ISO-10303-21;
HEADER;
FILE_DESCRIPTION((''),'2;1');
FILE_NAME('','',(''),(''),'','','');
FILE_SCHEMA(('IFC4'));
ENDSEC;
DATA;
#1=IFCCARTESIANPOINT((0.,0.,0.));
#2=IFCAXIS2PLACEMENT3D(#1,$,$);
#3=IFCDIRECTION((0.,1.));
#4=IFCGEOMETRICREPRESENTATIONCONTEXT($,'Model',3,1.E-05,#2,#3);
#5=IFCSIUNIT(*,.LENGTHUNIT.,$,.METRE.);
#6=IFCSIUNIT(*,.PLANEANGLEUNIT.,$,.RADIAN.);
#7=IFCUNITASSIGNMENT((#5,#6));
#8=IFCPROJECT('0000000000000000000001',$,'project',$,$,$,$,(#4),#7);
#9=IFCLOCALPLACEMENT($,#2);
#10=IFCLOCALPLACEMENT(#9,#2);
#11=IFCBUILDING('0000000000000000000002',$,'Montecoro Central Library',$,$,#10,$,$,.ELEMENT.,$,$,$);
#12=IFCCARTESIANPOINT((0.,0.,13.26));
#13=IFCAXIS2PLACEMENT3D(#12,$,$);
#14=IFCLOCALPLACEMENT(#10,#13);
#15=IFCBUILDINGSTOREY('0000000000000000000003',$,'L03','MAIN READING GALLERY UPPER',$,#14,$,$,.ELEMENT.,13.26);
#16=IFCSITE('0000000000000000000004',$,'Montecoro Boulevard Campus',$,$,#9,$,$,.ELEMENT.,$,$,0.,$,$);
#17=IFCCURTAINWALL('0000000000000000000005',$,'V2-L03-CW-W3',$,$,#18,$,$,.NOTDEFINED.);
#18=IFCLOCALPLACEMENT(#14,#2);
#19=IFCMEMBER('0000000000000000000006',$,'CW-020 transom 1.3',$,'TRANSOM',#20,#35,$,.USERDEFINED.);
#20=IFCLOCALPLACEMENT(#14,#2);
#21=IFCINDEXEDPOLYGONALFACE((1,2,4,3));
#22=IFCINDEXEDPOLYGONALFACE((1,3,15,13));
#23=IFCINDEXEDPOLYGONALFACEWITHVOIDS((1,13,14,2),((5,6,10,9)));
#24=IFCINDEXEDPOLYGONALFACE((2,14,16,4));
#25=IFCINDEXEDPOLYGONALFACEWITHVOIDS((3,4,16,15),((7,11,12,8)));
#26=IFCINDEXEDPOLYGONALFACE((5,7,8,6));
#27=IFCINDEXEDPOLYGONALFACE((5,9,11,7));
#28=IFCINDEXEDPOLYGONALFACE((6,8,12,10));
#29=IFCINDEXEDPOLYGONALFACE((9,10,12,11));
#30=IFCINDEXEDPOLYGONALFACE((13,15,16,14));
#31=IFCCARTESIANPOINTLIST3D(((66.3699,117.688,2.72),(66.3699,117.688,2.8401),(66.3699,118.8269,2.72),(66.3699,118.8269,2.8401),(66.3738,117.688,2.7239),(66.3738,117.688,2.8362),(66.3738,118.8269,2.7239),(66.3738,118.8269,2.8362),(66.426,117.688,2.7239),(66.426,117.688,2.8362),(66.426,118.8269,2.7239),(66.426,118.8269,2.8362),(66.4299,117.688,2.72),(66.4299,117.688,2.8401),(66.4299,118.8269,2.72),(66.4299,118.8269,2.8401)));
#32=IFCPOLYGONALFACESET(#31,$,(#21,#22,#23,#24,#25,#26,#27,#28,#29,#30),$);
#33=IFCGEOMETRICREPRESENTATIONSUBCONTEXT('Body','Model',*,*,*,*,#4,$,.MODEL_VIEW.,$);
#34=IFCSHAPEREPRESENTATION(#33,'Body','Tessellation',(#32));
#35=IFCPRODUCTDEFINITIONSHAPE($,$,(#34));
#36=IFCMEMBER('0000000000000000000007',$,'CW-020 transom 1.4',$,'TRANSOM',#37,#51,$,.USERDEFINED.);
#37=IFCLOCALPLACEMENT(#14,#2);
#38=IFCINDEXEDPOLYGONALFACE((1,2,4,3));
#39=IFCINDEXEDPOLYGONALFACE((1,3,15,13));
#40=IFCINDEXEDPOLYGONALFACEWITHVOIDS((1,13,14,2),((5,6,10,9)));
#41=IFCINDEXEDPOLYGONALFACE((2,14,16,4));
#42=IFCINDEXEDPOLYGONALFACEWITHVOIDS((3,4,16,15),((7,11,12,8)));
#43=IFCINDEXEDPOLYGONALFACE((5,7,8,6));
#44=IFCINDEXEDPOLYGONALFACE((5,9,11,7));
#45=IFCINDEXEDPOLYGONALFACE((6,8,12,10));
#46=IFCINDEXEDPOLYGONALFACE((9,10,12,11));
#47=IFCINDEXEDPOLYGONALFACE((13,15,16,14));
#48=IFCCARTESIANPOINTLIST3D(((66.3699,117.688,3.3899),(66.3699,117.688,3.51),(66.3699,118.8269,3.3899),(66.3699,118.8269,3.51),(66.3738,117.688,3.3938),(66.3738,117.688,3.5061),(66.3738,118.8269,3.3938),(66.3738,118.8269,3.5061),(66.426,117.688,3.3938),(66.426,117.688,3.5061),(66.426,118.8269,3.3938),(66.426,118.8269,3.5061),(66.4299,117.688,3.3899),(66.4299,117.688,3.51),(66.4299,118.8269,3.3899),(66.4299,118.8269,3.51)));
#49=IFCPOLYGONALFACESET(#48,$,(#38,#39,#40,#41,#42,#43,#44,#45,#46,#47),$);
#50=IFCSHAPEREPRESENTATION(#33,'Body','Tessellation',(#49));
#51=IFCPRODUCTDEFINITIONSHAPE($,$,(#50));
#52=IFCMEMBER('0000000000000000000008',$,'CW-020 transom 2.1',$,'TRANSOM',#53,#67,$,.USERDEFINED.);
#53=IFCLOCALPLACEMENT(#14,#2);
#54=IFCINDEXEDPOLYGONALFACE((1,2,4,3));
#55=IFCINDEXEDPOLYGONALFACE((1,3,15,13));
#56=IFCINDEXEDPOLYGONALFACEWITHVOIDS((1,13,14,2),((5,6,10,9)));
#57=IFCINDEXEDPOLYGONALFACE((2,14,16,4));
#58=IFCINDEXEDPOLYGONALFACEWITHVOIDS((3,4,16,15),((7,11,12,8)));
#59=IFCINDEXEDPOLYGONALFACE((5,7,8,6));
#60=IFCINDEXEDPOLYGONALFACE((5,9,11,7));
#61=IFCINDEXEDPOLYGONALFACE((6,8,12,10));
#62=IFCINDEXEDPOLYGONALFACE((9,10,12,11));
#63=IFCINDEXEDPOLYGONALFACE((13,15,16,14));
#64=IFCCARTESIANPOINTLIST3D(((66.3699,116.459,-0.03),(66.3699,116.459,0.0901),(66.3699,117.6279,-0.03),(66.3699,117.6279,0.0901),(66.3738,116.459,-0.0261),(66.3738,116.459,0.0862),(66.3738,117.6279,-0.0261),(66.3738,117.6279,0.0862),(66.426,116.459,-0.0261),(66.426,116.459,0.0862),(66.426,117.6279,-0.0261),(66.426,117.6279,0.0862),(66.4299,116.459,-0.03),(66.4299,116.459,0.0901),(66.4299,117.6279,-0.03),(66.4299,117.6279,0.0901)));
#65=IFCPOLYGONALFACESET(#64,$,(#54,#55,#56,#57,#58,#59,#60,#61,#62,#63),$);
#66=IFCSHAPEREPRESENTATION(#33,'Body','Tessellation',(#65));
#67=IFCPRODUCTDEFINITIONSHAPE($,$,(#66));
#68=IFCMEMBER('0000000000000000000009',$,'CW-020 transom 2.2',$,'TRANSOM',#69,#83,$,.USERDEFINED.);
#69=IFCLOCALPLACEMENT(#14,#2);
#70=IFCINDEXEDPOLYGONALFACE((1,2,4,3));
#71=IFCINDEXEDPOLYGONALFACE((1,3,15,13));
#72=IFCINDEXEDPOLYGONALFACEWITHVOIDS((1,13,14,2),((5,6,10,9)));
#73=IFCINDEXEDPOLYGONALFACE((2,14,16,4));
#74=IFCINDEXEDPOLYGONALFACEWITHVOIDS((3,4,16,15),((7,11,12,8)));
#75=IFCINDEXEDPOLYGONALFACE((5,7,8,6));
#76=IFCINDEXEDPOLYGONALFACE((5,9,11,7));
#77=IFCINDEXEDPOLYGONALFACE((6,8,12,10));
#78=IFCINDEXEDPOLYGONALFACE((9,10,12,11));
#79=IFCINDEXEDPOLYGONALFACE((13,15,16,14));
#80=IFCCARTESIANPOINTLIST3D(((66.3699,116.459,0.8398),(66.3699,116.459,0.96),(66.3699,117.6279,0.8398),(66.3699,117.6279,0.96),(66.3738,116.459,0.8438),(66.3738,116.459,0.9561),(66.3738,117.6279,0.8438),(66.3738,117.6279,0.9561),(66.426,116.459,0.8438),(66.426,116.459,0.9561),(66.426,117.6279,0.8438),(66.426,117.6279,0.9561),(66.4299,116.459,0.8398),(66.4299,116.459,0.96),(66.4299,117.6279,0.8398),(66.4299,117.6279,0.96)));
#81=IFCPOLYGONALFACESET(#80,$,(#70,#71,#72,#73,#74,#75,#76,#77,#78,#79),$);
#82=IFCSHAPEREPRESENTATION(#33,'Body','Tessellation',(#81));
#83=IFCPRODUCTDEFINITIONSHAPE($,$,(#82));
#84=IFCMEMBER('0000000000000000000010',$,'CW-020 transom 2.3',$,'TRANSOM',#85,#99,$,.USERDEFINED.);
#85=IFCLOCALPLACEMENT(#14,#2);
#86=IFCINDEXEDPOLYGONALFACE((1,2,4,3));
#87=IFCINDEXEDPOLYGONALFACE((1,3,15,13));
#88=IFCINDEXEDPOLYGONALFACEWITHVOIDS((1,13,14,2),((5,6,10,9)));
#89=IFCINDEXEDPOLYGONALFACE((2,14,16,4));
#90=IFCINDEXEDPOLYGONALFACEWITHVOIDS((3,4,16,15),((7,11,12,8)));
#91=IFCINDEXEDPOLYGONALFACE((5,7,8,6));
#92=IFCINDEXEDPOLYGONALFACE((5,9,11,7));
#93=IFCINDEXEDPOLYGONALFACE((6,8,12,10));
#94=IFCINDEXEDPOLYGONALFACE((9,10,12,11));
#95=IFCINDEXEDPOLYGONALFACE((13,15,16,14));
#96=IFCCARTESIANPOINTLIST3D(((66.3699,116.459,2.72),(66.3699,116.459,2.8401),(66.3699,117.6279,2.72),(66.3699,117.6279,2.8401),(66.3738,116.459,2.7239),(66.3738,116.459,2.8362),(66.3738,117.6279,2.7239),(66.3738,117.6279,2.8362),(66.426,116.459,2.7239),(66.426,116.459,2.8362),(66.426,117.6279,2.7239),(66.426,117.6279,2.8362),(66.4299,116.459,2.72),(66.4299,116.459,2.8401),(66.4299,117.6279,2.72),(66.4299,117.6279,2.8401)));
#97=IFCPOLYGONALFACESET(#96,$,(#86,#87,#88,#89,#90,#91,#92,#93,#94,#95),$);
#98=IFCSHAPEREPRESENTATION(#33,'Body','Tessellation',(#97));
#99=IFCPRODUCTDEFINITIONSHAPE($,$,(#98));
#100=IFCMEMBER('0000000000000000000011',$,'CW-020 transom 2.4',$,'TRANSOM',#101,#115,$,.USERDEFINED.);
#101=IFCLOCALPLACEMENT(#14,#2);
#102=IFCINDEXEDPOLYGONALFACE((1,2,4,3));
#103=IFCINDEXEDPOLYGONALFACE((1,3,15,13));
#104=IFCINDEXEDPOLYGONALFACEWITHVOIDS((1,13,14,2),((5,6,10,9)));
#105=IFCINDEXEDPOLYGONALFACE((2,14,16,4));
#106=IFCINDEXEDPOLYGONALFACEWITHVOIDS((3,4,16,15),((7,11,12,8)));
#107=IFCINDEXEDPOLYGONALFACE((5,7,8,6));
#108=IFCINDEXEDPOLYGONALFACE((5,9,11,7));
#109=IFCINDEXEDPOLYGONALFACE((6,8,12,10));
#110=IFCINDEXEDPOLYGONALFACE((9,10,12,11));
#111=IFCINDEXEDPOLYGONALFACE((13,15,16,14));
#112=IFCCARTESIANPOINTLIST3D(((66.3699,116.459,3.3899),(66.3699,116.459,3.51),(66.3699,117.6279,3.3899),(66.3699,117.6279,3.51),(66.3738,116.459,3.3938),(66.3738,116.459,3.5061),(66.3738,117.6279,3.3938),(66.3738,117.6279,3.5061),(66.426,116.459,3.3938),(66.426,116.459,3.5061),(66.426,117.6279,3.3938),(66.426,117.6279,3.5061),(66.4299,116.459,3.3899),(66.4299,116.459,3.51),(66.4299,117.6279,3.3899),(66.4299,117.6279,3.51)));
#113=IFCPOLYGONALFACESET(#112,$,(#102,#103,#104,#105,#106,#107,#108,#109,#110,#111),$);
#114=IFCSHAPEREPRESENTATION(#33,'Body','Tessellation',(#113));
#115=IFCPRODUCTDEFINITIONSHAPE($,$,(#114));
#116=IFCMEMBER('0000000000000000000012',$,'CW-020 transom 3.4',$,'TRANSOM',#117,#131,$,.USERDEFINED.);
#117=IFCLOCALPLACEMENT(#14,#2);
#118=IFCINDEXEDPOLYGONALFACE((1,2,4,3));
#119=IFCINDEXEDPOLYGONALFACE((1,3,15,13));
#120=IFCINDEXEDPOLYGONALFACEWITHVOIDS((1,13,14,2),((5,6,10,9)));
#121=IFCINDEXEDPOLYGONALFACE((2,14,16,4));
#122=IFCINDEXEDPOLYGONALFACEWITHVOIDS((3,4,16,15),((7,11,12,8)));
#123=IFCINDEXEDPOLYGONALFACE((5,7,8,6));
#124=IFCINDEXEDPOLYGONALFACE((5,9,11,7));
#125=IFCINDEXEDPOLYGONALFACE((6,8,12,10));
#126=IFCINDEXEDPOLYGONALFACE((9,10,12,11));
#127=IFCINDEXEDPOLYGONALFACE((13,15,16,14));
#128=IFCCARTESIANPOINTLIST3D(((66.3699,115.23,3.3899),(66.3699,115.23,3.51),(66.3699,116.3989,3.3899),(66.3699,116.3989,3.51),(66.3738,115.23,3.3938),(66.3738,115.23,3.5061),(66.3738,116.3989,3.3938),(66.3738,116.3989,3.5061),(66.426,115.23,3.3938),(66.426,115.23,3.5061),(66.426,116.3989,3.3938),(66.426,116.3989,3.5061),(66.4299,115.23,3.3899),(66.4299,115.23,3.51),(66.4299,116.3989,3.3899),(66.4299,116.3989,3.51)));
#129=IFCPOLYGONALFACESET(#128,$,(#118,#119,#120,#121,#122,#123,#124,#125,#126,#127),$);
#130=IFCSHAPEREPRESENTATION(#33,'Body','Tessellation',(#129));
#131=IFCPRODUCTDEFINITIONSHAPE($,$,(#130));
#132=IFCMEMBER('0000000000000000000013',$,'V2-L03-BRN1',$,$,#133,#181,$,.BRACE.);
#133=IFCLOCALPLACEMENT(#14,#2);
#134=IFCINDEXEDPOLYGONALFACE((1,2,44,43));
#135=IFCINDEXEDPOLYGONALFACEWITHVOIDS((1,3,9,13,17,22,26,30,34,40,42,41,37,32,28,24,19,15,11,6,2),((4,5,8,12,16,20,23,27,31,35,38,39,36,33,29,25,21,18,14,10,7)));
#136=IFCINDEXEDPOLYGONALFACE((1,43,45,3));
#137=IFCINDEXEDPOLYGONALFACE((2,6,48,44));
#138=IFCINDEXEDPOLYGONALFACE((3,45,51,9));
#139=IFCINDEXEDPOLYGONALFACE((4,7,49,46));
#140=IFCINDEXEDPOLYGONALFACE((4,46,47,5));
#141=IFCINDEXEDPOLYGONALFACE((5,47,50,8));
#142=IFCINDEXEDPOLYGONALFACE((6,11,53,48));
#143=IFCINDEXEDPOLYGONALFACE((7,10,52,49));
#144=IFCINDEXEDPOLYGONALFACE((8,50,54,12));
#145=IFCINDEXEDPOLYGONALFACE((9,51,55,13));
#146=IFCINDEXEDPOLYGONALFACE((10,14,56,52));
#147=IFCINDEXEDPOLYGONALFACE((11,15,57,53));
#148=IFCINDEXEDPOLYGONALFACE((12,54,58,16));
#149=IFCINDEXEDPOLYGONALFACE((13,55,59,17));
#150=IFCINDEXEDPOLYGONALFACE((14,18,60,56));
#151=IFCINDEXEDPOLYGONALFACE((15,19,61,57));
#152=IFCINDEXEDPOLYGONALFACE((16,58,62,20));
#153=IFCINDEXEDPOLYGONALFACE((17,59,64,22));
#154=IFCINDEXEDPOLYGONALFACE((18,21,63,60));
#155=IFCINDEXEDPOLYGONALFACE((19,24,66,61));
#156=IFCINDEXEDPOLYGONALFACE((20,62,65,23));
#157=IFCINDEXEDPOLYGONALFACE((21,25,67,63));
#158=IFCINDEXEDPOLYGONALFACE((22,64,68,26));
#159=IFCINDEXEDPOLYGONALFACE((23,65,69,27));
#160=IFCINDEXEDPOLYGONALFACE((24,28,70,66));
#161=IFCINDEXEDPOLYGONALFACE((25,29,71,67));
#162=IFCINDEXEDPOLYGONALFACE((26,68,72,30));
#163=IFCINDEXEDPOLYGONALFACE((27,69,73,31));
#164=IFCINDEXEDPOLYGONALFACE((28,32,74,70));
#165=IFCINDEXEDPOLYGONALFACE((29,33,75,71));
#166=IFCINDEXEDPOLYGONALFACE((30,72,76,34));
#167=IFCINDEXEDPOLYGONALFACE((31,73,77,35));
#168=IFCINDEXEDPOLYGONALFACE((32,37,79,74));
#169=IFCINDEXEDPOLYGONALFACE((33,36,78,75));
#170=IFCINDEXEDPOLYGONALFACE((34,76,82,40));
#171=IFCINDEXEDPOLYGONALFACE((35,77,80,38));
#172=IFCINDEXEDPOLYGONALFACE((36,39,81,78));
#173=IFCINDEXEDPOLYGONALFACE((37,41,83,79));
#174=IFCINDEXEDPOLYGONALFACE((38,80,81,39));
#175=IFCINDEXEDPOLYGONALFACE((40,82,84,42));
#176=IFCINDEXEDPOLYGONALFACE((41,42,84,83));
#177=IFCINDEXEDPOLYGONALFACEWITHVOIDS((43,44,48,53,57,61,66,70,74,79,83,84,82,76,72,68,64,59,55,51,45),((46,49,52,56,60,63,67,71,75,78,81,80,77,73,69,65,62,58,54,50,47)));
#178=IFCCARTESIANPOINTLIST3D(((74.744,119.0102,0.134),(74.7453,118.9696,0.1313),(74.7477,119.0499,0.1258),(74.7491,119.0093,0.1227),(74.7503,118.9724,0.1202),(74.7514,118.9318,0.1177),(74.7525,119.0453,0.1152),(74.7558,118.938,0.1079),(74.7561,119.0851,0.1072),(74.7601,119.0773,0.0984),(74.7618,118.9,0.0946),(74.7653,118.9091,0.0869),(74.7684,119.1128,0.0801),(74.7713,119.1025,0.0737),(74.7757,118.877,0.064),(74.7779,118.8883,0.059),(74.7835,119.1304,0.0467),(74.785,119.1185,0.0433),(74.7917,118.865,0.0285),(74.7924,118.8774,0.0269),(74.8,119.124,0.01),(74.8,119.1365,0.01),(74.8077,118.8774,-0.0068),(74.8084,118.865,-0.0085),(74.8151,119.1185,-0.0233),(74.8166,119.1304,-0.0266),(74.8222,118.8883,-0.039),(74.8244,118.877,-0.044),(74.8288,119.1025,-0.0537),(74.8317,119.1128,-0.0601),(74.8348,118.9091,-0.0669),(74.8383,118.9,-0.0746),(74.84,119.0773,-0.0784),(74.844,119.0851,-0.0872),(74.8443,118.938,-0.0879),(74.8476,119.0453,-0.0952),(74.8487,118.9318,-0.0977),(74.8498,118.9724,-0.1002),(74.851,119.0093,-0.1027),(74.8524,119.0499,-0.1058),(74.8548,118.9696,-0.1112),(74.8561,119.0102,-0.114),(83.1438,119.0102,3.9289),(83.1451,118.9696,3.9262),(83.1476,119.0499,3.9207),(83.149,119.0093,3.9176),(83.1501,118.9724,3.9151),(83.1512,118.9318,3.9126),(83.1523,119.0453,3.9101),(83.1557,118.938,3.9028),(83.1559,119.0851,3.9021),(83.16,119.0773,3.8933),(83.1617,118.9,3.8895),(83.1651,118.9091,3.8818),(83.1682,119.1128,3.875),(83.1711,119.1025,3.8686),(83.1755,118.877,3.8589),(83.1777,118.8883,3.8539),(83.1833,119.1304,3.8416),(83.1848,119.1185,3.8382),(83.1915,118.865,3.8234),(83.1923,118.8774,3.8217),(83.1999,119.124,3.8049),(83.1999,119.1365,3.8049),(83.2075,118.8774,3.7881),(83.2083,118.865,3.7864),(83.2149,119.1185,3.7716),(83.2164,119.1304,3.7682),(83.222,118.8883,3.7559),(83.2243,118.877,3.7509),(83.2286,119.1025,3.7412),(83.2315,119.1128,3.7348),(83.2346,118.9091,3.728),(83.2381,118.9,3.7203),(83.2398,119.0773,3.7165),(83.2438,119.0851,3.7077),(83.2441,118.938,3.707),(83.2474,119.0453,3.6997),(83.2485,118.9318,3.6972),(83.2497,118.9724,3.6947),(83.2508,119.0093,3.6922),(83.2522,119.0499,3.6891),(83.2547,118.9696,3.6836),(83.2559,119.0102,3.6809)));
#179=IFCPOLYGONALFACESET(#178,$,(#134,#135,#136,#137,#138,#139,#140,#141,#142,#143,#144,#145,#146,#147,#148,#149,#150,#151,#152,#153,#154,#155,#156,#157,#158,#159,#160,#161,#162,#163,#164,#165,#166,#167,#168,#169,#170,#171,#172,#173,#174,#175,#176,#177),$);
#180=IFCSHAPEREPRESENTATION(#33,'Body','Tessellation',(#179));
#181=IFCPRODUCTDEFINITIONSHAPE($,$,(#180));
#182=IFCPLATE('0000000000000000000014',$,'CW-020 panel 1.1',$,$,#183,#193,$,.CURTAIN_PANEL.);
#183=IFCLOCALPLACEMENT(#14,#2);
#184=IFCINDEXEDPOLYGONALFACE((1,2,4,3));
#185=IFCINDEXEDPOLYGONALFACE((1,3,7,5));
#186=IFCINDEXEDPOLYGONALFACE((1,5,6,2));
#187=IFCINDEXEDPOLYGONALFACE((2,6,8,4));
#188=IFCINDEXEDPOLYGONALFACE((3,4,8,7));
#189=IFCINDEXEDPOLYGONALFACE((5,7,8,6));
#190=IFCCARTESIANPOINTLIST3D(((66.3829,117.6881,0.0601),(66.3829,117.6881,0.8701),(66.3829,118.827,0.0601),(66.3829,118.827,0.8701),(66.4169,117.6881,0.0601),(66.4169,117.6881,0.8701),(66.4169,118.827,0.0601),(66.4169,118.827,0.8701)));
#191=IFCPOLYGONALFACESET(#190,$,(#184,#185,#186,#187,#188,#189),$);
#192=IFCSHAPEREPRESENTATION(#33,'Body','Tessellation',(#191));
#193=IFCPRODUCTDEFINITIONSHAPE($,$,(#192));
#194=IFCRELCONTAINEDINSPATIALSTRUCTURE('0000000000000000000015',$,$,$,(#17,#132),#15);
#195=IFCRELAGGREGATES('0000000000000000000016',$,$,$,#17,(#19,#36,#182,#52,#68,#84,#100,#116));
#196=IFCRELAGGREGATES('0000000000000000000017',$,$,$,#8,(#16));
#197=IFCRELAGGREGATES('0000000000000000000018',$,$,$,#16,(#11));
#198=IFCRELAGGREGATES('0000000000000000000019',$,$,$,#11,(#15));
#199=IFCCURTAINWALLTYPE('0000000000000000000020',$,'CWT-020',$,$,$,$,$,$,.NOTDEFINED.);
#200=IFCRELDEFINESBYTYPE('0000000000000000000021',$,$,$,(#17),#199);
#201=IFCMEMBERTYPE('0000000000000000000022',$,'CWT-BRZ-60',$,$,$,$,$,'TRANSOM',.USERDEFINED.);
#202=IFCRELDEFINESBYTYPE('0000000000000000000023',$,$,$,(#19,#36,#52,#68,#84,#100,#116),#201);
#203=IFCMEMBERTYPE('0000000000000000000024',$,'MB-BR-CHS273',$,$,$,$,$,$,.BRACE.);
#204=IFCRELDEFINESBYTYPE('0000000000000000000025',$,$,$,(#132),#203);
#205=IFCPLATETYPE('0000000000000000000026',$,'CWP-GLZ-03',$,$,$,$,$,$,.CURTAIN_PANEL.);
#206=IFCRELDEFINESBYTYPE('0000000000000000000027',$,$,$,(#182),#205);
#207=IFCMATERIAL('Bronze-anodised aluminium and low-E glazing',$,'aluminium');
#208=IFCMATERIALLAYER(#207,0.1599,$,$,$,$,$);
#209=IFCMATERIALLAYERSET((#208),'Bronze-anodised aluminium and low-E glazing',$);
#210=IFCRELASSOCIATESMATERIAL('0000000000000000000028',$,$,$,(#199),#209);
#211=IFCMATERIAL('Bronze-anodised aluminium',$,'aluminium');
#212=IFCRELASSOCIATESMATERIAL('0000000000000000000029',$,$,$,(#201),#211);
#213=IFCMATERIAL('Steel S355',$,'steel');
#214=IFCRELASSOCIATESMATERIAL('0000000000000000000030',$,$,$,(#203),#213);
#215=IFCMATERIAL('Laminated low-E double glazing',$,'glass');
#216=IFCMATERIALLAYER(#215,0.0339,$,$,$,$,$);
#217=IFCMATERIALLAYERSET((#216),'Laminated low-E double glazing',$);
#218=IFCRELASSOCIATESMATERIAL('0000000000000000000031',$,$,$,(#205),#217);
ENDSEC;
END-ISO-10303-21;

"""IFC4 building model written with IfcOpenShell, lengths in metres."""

from ifc_helpers import new_model, si_unit, direction, frame, origin, origin_2d, place, context, subcontext, project, spatial, rectangle, hollow_rectangle, hollow_circle, extrude, material, layer, layer_set, material_profile, profile_set, type_object, element, aggregate, save


model = new_model("IFC4")

# Units and contexts
model_context = context("Model", 3, precision=1e-05, world=origin(), true_north=direction((0.0, 1.0)))
body_context = subcontext(model_context, "Body", "Model", "MODEL_VIEW")
ifc_project = project(units=[si_unit("LENGTHUNIT", "METRE"), si_unit("PLANEANGLEUNIT", "RADIAN")], contexts=[model_context])

# Site, building, storey
site_placement = place(None, origin())
site = spatial("IfcSite", under=ifc_project, at=site_placement, Name="Montecoro Boulevard Campus", CompositionType="ELEMENT", RefElevation=0.0)
building_placement = place(site_placement, origin())
building = spatial("IfcBuilding", under=site, at=building_placement, Name="Montecoro Central Library", CompositionType="ELEMENT")
storey_placement = place(building_placement, frame((0.0, 0.0, 13.26)))
storey = spatial("IfcBuildingStorey", under=building, at=storey_placement, Name="L03", Description="MAIN READING GALLERY UPPER", CompositionType="ELEMENT", Elevation=13.26)

# Shared definitions
ifc_material_1 = material(Name="Steel S355", Category="steel")

# Curtain wall, members
ifc_material_2 = material(Name="Bronze-anodised aluminium and low-E glazing", Category="aluminium")
ifc_layer_1 = layer(ifc_material_2, 0.1599)
ifc_layer_set_1 = layer_set([ifc_layer_1], Name="Bronze-anodised aluminium and low-E glazing")
curtain_wall_type = type_object("IfcCurtainWallType", Name="CWT-020", PredefinedType="NOTDEFINED", material=ifc_layer_set_1)
curtain_wall_placement = place(storey_placement, origin())
curtain_wall = element("IfcCurtainWall", 1, at=curtain_wall_placement, inside=storey, type_object=curtain_wall_type, Name="V2-L03-CW-W3", PredefinedType="NOTDEFINED")
ifc_material_3 = material(Name="Bronze-anodised aluminium", Category="aluminium")
ifc_material_profile_1 = material_profile(ifc_material_3, hollow_rectangle(XDim=0.0601, YDim=0.1201, WallThickness=0.0039, at=origin_2d()), Name="CWT 120x60x4.0")
ifc_profile_set_1 = profile_set([ifc_material_profile_1], Name="Bronze-anodised aluminium")
member_type_1 = type_object("IfcMemberType", Name="CWT-BRZ-60", ElementType="TRANSOM", PredefinedType="USERDEFINED", material=ifc_profile_set_1)
member_1_placement = place(storey_placement, frame((66.3999, 118.8269, 2.78), z_axis=(0.0, -1.0, 0.0), x_axis=(1.0, 0.0, 0.0)))
member_1 = element("IfcMember", 2, at=member_1_placement, type_object=member_type_1, Name="CW-020 transom 1.3", ObjectType="TRANSOM", PredefinedType="USERDEFINED", context=body_context, shape_type="SweptSolid", body=[
    extrude(hollow_rectangle(XDim=0.0601, YDim=0.1201, WallThickness=0.0039, at=origin_2d()), origin(), (0.0, 0.0, 1.0), 1.1389),
])
member_2_placement = place(storey_placement, frame((66.3999, 118.8269, 3.45), z_axis=(0.0, -1.0, 0.0), x_axis=(1.0, 0.0, 0.0)))
member_2 = element("IfcMember", 3, at=member_2_placement, type_object=member_type_1, Name="CW-020 transom 1.4", ObjectType="TRANSOM", PredefinedType="USERDEFINED", context=body_context, shape_type="SweptSolid", body=[
    extrude(hollow_rectangle(XDim=0.0601, YDim=0.1201, WallThickness=0.0039, at=origin_2d()), origin(), (0.0, 0.0, 1.0), 1.1389),
])
member_3_placement = place(storey_placement, frame((66.3999, 117.6279, 0.03), z_axis=(0.0, -1.0, 0.0), x_axis=(1.0, 0.0, 0.0)))
member_3 = element("IfcMember", 4, at=member_3_placement, type_object=member_type_1, Name="CW-020 transom 2.1", ObjectType="TRANSOM", PredefinedType="USERDEFINED", context=body_context, shape_type="SweptSolid", body=[
    extrude(hollow_rectangle(XDim=0.0601, YDim=0.1201, WallThickness=0.0039, at=origin_2d()), origin(), (0.0, 0.0, 1.0), 1.1689),
])
member_4_placement = place(storey_placement, frame((66.3999, 117.6279, 0.8999), z_axis=(0.0, -1.0, 0.0), x_axis=(1.0, 0.0, 0.0)))
member_4 = element("IfcMember", 5, at=member_4_placement, type_object=member_type_1, Name="CW-020 transom 2.2", ObjectType="TRANSOM", PredefinedType="USERDEFINED", context=body_context, shape_type="SweptSolid", body=[
    extrude(hollow_rectangle(XDim=0.0601, YDim=0.1201, WallThickness=0.0039, at=origin_2d()), origin(), (0.0, 0.0, 1.0), 1.1689),
])
member_5_placement = place(storey_placement, frame((66.3999, 117.6279, 2.78), z_axis=(0.0, -1.0, 0.0), x_axis=(1.0, 0.0, 0.0)))
member_5 = element("IfcMember", 6, at=member_5_placement, type_object=member_type_1, Name="CW-020 transom 2.3", ObjectType="TRANSOM", PredefinedType="USERDEFINED", context=body_context, shape_type="SweptSolid", body=[
    extrude(hollow_rectangle(XDim=0.0601, YDim=0.1201, WallThickness=0.0039, at=origin_2d()), origin(), (0.0, 0.0, 1.0), 1.1689),
])
member_6_placement = place(storey_placement, frame((66.3999, 117.6279, 3.45), z_axis=(0.0, -1.0, 0.0), x_axis=(1.0, 0.0, 0.0)))
member_6 = element("IfcMember", 7, at=member_6_placement, type_object=member_type_1, Name="CW-020 transom 2.4", ObjectType="TRANSOM", PredefinedType="USERDEFINED", context=body_context, shape_type="SweptSolid", body=[
    extrude(hollow_rectangle(XDim=0.0601, YDim=0.1201, WallThickness=0.0039, at=origin_2d()), origin(), (0.0, 0.0, 1.0), 1.1689),
])
member_7_placement = place(storey_placement, frame((66.3999, 116.3989, 3.45), z_axis=(0.0, -1.0, 0.0), x_axis=(1.0, 0.0, 0.0)))
member_7 = element("IfcMember", 8, at=member_7_placement, type_object=member_type_1, Name="CW-020 transom 3.4", ObjectType="TRANSOM", PredefinedType="USERDEFINED", context=body_context, shape_type="SweptSolid", body=[
    extrude(hollow_rectangle(XDim=0.0601, YDim=0.1201, WallThickness=0.0039, at=origin_2d()), origin(), (0.0, 0.0, 1.0), 1.1689),
])

# Member
ifc_material_profile_2 = material_profile(ifc_material_1, hollow_circle(Radius=0.1365, WallThickness=0.0125, at=origin_2d()), Name="CHS 273.0x12.5")
ifc_profile_set_2 = profile_set([ifc_material_profile_2], Name="Steel S355")
member_type_2 = type_object("IfcMemberType", Name="MB-BR-CHS273", PredefinedType="BRACE", material=ifc_profile_set_2)
member_8_placement = place(storey_placement, frame((74.8, 119.0, 0.01), z_axis=(0.911313, 0.0, 0.411714), x_axis=(0.0, 1.0, 0.0)))
element("IfcMember", 9, at=member_8_placement, inside=storey, type_object=member_type_2, Name="V2-L03-BRN1", PredefinedType="BRACE", context=body_context, shape_type="SweptSolid", body=[
    extrude(hollow_circle(Radius=0.1365, WallThickness=0.0125, at=origin_2d()), origin(), (0.0, 0.0, 1.0), 9.2173),
])

# Plate
ifc_material_4 = material(Name="Laminated low-E double glazing", Category="glass")
ifc_layer_2 = layer(ifc_material_4, 0.0339)
ifc_layer_set_2 = layer_set([ifc_layer_2], Name="Laminated low-E double glazing")
plate_type_1 = type_object("IfcPlateType", Name="CWP-GLZ-03", PredefinedType="CURTAIN_PANEL", material=ifc_layer_set_2)
plate_1_placement = place(storey_placement, frame((66.3999, 118.2576, 0.0601), z_axis=(0.0, 0.0, 1.0), x_axis=(0.0, -1.0, 0.0)))
plate_1 = element("IfcPlate", 10, at=plate_1_placement, type_object=plate_type_1, Name="CW-020 panel 1.1", PredefinedType="CURTAIN_PANEL", context=body_context, shape_type="SweptSolid", body=[
    extrude(rectangle(XDim=1.1389, YDim=0.0339, at=origin_2d()), origin(), (0.0, 0.0, 1.0), 0.8101),
])
aggregate(curtain_wall, [member_1, member_2, plate_1, member_3, member_4, member_5, member_6, member_7])

save(model, "model.ifc")
